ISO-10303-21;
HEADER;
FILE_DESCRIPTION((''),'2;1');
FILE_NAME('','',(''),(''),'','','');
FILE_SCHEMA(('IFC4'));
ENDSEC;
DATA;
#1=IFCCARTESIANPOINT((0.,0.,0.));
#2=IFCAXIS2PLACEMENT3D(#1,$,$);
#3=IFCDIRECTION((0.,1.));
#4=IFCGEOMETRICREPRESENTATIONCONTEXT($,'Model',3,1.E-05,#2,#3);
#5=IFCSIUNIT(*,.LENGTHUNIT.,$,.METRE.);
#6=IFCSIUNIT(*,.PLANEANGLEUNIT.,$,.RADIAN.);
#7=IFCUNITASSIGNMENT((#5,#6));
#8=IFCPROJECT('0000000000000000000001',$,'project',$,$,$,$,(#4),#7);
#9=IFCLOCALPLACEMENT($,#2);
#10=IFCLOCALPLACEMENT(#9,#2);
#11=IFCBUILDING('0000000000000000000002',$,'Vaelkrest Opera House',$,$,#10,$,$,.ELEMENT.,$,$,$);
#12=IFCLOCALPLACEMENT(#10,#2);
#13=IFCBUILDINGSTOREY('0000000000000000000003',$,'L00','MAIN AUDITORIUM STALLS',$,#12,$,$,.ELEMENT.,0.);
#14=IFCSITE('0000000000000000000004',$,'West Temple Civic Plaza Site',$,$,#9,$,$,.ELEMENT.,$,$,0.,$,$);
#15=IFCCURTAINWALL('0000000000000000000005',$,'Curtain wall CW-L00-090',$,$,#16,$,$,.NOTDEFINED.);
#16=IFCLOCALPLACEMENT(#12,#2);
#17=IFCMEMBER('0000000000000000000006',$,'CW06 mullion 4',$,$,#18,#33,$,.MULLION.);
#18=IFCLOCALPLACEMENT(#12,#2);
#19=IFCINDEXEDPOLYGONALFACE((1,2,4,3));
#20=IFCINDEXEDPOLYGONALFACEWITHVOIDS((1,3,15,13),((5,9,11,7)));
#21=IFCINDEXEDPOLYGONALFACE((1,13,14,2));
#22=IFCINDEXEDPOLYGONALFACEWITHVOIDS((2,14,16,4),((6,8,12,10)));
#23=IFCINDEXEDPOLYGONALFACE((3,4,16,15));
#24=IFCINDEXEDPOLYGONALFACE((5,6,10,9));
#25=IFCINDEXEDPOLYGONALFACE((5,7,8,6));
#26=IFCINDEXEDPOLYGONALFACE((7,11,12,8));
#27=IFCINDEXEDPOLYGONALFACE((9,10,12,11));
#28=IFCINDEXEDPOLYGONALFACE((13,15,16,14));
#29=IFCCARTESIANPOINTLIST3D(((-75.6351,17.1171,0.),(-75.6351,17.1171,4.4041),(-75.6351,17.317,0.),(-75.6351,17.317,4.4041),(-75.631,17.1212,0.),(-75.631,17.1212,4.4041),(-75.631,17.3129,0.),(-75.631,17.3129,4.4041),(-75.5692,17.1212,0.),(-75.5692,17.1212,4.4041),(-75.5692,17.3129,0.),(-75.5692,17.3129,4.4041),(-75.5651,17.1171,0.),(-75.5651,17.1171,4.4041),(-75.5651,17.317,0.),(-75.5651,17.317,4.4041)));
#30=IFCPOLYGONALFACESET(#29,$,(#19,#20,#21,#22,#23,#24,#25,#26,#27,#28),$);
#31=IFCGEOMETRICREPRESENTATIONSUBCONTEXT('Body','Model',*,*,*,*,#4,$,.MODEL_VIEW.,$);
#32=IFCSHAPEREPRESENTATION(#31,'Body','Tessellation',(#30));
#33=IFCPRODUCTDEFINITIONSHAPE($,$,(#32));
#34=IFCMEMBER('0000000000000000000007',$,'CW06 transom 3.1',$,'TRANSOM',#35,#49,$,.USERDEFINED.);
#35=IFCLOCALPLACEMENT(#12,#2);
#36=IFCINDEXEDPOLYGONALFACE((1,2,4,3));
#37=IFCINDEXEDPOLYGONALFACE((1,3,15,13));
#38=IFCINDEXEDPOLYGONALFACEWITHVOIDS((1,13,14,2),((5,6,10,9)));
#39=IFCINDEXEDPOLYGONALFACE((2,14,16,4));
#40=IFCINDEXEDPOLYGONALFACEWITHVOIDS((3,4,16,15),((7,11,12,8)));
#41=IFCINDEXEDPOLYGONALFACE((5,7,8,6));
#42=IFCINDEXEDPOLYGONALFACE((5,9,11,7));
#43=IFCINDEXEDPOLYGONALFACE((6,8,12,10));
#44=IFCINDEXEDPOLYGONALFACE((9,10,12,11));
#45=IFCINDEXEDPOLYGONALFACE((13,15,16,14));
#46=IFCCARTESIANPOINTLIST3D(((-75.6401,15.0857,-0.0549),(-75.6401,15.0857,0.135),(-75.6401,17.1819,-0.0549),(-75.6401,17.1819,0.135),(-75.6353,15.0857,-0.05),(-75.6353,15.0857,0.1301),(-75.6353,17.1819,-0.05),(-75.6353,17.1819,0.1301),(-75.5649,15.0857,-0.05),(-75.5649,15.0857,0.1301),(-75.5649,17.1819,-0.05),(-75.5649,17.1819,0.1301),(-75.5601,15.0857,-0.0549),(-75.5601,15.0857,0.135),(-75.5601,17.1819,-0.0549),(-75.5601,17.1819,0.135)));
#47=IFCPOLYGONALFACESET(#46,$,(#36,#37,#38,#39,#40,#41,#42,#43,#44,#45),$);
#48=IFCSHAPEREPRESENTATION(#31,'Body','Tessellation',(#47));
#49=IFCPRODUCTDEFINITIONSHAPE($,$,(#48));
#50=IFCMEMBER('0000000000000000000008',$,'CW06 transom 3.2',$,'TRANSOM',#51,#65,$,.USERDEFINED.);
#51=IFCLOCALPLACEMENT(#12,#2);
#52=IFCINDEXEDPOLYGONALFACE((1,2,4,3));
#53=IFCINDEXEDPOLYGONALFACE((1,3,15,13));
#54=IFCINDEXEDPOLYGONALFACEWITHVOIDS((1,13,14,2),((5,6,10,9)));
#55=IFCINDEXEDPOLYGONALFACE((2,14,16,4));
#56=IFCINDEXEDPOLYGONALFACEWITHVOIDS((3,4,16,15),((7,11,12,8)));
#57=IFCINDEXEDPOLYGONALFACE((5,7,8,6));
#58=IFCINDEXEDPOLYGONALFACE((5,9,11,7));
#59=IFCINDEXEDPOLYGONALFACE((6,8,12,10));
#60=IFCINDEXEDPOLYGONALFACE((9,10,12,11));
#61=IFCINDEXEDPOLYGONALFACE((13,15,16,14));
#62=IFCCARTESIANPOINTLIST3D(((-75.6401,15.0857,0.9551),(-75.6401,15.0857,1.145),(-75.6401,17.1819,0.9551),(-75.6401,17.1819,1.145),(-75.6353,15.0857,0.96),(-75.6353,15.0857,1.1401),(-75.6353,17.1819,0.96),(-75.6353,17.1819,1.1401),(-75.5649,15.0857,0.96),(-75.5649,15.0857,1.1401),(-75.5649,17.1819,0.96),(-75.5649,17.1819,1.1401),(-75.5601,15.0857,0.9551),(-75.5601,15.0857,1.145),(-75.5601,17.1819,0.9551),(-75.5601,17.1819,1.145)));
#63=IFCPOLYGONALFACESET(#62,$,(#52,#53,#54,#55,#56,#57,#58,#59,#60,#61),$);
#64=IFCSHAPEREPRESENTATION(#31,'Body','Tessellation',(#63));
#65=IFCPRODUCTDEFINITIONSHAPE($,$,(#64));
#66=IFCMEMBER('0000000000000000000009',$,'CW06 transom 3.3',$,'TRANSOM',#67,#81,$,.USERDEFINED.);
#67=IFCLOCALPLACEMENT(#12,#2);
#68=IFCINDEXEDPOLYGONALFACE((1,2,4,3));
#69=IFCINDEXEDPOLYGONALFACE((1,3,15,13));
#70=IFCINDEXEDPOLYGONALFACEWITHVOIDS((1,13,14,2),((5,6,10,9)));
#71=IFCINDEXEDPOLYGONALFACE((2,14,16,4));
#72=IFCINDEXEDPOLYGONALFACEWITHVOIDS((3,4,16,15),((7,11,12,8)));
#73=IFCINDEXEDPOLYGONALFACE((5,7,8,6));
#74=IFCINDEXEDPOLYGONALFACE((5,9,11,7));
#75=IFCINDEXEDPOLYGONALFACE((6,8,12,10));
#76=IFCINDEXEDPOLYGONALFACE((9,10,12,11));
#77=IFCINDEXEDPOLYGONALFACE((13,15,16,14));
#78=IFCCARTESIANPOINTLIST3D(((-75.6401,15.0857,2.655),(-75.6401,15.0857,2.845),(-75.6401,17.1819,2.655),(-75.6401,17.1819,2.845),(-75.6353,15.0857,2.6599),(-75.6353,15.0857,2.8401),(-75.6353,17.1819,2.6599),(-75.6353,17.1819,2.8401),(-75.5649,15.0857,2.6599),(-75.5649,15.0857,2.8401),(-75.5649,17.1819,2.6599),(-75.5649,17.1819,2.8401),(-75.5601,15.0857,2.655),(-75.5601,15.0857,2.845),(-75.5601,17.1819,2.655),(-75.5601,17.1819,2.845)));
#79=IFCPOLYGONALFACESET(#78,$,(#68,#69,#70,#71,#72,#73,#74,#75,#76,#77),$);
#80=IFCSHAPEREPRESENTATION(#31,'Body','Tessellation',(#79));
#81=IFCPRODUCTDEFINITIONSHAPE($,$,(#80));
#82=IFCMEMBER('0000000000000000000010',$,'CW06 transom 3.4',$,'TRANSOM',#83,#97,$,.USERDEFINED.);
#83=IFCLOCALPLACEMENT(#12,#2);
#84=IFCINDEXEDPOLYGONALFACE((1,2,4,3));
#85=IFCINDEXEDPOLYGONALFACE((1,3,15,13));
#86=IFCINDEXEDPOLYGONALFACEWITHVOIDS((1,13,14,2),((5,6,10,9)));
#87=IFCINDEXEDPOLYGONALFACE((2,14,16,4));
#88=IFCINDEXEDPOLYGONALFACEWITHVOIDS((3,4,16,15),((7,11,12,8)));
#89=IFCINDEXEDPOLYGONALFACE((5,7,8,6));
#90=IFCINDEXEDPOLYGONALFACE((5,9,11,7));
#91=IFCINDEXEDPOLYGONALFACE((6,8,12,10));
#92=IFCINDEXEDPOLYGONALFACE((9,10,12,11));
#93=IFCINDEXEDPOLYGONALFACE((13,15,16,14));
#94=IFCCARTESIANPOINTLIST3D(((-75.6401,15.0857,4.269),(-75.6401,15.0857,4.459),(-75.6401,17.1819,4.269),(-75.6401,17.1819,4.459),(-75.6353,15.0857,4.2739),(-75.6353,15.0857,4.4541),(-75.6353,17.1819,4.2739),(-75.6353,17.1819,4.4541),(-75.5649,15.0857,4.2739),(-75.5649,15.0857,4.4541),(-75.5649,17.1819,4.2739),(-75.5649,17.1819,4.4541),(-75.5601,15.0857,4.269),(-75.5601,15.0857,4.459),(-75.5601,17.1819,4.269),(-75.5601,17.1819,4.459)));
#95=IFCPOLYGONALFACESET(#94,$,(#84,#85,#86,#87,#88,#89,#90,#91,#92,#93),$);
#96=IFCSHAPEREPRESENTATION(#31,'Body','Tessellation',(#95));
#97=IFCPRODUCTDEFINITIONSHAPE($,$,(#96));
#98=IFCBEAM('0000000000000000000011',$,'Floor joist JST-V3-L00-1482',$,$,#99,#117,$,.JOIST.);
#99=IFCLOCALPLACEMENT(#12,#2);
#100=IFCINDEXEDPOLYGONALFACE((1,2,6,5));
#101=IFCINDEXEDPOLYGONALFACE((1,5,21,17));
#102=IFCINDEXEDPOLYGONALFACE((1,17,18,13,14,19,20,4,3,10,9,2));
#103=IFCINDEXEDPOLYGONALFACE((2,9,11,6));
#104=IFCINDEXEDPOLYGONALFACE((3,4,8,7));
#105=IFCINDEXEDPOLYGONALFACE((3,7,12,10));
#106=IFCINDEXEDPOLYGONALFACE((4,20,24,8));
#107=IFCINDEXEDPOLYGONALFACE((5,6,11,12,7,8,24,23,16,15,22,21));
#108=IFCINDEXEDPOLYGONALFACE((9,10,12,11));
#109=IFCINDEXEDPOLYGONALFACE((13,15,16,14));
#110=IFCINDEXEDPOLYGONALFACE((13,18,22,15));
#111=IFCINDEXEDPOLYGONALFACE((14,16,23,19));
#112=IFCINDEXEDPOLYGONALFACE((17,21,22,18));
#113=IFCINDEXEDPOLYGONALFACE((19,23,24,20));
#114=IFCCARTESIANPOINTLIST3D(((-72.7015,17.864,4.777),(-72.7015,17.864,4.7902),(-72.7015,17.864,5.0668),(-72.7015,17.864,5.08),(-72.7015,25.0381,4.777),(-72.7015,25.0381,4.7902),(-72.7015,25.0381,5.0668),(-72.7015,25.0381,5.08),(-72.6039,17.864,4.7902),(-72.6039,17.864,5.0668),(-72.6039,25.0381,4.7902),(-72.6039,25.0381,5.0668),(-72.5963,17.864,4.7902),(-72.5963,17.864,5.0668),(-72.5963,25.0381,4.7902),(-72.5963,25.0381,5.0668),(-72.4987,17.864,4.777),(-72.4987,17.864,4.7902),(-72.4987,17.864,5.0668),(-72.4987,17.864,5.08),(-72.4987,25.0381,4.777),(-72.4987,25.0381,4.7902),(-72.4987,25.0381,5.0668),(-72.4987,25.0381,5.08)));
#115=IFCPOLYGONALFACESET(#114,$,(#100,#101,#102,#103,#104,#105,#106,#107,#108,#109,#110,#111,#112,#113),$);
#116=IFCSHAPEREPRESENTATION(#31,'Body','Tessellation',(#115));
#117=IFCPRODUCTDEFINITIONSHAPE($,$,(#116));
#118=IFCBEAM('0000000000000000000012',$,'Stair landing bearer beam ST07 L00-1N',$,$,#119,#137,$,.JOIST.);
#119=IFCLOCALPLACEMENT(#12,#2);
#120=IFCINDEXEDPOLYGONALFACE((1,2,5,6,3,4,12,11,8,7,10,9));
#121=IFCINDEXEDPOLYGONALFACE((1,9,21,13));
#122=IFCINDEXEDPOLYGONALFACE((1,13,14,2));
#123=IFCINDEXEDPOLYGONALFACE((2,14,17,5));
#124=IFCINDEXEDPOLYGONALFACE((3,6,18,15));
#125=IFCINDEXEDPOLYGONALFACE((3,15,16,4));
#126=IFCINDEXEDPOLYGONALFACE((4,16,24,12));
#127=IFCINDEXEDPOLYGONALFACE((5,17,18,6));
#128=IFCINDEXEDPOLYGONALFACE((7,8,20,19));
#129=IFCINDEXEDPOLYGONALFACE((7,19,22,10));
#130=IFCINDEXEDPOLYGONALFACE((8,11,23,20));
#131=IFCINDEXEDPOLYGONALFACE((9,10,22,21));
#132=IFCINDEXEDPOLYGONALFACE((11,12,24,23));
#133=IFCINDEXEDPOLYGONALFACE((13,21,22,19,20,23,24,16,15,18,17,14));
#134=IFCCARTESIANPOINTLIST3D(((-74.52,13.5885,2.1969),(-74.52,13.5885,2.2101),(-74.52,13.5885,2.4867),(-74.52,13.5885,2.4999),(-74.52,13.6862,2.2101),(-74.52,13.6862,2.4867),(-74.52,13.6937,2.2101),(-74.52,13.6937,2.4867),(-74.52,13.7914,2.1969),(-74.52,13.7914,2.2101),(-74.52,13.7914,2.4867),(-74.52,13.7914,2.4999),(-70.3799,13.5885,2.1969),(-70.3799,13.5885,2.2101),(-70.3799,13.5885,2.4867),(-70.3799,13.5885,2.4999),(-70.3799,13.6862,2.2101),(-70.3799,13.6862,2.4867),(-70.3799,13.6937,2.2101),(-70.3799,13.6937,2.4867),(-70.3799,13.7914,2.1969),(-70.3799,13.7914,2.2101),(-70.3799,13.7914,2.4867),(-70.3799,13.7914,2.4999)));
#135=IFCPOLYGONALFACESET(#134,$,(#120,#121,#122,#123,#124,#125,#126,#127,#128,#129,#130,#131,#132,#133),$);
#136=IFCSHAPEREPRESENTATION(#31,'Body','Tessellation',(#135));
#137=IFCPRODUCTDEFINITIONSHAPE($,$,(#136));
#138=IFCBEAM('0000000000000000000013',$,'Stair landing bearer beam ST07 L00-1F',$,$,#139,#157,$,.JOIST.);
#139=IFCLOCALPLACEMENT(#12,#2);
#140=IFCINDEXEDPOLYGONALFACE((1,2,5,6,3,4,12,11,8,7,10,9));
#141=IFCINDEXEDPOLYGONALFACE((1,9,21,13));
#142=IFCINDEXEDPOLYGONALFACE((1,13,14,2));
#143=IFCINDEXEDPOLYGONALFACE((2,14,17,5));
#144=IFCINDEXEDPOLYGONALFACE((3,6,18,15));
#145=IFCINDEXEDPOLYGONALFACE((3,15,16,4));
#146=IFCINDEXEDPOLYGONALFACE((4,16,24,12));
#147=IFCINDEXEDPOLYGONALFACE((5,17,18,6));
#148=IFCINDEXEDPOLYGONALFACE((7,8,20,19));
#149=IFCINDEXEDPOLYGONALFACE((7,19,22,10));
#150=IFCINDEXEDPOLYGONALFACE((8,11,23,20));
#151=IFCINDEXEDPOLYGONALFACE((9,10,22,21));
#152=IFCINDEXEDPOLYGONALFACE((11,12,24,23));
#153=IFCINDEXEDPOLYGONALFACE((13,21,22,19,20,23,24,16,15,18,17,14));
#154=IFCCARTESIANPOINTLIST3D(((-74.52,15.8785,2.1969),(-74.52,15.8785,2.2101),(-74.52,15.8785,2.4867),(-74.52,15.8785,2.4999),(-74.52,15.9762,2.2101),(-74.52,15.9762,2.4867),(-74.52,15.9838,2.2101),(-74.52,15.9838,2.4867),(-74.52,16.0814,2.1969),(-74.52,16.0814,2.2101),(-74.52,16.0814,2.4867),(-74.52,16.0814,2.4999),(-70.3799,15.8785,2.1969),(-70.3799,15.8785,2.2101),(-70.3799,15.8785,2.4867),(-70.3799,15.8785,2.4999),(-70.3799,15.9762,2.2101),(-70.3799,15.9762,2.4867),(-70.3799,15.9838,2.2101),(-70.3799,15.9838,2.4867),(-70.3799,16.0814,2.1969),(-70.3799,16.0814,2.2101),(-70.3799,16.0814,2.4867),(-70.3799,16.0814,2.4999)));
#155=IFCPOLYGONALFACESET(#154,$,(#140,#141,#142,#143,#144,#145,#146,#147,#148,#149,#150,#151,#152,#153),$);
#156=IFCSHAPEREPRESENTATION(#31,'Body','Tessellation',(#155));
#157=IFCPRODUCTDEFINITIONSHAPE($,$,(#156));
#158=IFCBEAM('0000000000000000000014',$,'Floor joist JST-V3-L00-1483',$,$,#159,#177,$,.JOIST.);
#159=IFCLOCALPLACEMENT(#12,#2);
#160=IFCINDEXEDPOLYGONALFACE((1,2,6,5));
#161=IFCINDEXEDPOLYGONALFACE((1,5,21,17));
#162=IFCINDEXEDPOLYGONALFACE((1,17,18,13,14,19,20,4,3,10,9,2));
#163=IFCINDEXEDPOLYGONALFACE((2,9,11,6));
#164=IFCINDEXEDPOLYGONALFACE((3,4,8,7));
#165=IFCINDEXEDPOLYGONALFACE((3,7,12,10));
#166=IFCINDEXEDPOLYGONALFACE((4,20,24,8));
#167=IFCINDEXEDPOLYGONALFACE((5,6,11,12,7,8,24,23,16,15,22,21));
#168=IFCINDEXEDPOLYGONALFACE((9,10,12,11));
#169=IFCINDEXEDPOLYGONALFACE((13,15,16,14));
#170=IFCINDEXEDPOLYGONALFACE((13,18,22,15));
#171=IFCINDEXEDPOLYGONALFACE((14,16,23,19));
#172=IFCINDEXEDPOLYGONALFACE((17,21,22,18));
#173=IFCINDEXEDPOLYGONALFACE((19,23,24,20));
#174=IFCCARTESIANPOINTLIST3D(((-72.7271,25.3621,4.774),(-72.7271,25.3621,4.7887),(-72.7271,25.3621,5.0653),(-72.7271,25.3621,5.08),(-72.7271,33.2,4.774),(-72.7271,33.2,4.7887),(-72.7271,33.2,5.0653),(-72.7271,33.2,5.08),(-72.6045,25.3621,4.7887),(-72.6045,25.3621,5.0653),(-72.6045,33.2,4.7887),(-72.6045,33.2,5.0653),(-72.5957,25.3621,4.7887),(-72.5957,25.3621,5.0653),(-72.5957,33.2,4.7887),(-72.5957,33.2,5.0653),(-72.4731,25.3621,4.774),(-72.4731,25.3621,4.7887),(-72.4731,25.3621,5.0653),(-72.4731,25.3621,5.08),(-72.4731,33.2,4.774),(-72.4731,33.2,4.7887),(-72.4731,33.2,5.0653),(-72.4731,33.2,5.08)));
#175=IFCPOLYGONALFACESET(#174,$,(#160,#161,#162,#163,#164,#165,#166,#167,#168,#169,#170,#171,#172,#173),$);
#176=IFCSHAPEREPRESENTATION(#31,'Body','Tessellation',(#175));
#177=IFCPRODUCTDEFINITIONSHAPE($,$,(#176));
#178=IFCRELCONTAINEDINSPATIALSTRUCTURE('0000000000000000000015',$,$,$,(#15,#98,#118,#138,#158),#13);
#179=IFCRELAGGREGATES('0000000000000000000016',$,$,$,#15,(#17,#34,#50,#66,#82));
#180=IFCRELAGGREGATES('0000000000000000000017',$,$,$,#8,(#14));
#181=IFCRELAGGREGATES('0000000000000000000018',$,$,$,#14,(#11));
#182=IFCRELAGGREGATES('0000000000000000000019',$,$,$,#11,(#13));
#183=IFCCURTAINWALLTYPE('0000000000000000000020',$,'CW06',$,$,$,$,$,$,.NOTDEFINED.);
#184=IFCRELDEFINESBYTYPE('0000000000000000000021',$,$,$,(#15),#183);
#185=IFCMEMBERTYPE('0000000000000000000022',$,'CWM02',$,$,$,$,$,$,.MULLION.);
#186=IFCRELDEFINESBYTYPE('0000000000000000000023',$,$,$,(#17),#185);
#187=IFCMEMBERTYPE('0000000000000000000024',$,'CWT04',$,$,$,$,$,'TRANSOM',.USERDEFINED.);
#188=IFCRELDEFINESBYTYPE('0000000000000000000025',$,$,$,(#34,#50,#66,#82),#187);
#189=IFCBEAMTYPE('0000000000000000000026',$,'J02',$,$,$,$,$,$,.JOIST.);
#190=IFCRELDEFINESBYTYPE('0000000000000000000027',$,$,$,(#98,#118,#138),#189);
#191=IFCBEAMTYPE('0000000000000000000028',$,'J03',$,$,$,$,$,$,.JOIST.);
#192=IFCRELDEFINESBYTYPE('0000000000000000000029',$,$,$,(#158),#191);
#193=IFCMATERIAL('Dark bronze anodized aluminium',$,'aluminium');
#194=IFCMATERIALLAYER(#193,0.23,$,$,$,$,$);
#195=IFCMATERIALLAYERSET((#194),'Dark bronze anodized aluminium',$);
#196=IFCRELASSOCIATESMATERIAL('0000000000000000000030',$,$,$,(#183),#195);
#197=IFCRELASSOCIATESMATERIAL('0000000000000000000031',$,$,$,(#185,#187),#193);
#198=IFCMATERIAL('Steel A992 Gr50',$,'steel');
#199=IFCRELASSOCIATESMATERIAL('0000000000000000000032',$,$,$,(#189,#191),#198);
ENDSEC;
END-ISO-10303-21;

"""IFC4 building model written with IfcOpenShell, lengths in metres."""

from ifc_helpers import new_model, si_unit, direction, frame, origin, origin_2d, place, context, subcontext, project, spatial, hollow_rectangle, i_section, extrude, material, layer, layer_set, material_profile, profile_set, type_object, element, aggregate, save


model = new_model("IFC4")

# Units and contexts
model_context = context("Model", 3, precision=1e-05, world=origin(), true_north=direction((0.0, 1.0)))
body_context = subcontext(model_context, "Body", "Model", "MODEL_VIEW")
ifc_project = project(units=[si_unit("LENGTHUNIT", "METRE"), si_unit("PLANEANGLEUNIT", "RADIAN")], contexts=[model_context])

# Site, building, storey
site_placement = place(None, origin())
site = spatial("IfcSite", under=ifc_project, at=site_placement, Name="West Temple Civic Plaza Site", CompositionType="ELEMENT", RefElevation=0.0)
building_placement = place(site_placement, origin())
building = spatial("IfcBuilding", under=site, at=building_placement, Name="Vaelkrest Opera House", CompositionType="ELEMENT")
storey_placement = place(building_placement, origin())
storey = spatial("IfcBuildingStorey", under=building, at=storey_placement, Name="L00", Description="MAIN AUDITORIUM STALLS", CompositionType="ELEMENT", Elevation=0.0)

# Shared definitions
ifc_material_1 = material(Name="Steel A992 Gr50", Category="steel")

# Curtain wall, members
ifc_material_2 = material(Name="Dark bronze anodized aluminium", Category="aluminium")
ifc_layer_1 = layer(ifc_material_2, 0.23)
ifc_layer_set_1 = layer_set([ifc_layer_1], Name="Dark bronze anodized aluminium")
curtain_wall_type = type_object("IfcCurtainWallType", Name="CW06", PredefinedType="NOTDEFINED", material=ifc_layer_set_1)
curtain_wall_placement = place(storey_placement, origin())
curtain_wall = element("IfcCurtainWall", 1, at=curtain_wall_placement, inside=storey, type_object=curtain_wall_type, Name="Curtain wall CW-L00-090", PredefinedType="NOTDEFINED")
ifc_material_profile_1 = material_profile(ifc_material_2, hollow_rectangle(XDim=0.0701, YDim=0.2, WallThickness=0.0042, at=origin_2d()), Name="CWM70X200")
ifc_profile_set_1 = profile_set([ifc_material_profile_1], Name="Dark bronze anodized aluminium")
member_type_1 = type_object("IfcMemberType", Name="CWM02", PredefinedType="MULLION", material=ifc_profile_set_1)
member_1_placement = place(storey_placement, frame((-75.6001, 17.217, 0.0), z_axis=(0.0, 0.0, 1.0), x_axis=(-1.0, 0.0, 0.0)))
member_1 = element("IfcMember", 2, at=member_1_placement, type_object=member_type_1, Name="CW06 mullion 4", PredefinedType="MULLION", context=body_context, shape_type="SweptSolid", body=[
    extrude(hollow_rectangle(XDim=0.0701, YDim=0.2, WallThickness=0.0042, at=origin_2d()), origin(), (0.0, 0.0, 1.0), 4.4041),
])
ifc_material_profile_2 = material_profile(ifc_material_2, hollow_rectangle(XDim=0.0801, YDim=0.1899, WallThickness=0.0049, at=origin_2d()), Name="CWT80X190")
ifc_profile_set_2 = profile_set([ifc_material_profile_2], Name="Dark bronze anodized aluminium")
member_type_2 = type_object("IfcMemberType", Name="CWT04", ElementType="TRANSOM", PredefinedType="USERDEFINED", material=ifc_profile_set_2)
member_2_placement = place(storey_placement, frame((-75.6001, 15.0857, 0.04), z_axis=(0.0, 1.0, 0.0), x_axis=(-1.0, 0.0, 0.0)))
member_2 = element("IfcMember", 3, at=member_2_placement, type_object=member_type_2, Name="CW06 transom 3.1", ObjectType="TRANSOM", PredefinedType="USERDEFINED", context=body_context, shape_type="SweptSolid", body=[
    extrude(hollow_rectangle(XDim=0.0801, YDim=0.1899, WallThickness=0.0049, at=origin_2d()), origin(), (0.0, 0.0, 1.0), 2.0962),
])
member_3_placement = place(storey_placement, frame((-75.6001, 15.0857, 1.05), z_axis=(0.0, 1.0, 0.0), x_axis=(-1.0, 0.0, 0.0)))
member_3 = element("IfcMember", 4, at=member_3_placement, type_object=member_type_2, Name="CW06 transom 3.2", ObjectType="TRANSOM", PredefinedType="USERDEFINED", context=body_context, shape_type="SweptSolid", body=[
    extrude(hollow_rectangle(XDim=0.0801, YDim=0.1899, WallThickness=0.0049, at=origin_2d()), origin(), (0.0, 0.0, 1.0), 2.0962),
])
member_4_placement = place(storey_placement, frame((-75.6001, 15.0857, 2.75), z_axis=(0.0, 1.0, 0.0), x_axis=(-1.0, 0.0, 0.0)))
member_4 = element("IfcMember", 5, at=member_4_placement, type_object=member_type_2, Name="CW06 transom 3.3", ObjectType="TRANSOM", PredefinedType="USERDEFINED", context=body_context, shape_type="SweptSolid", body=[
    extrude(hollow_rectangle(XDim=0.0801, YDim=0.1899, WallThickness=0.0049, at=origin_2d()), origin(), (0.0, 0.0, 1.0), 2.0962),
])
member_5_placement = place(storey_placement, frame((-75.6001, 15.0857, 4.364), z_axis=(0.0, 1.0, 0.0), x_axis=(-1.0, 0.0, 0.0)))
member_5 = element("IfcMember", 6, at=member_5_placement, type_object=member_type_2, Name="CW06 transom 3.4", ObjectType="TRANSOM", PredefinedType="USERDEFINED", context=body_context, shape_type="SweptSolid", body=[
    extrude(hollow_rectangle(XDim=0.0801, YDim=0.1899, WallThickness=0.0049, at=origin_2d()), origin(), (0.0, 0.0, 1.0), 2.0962),
])

# Beams
ifc_material_profile_3 = material_profile(ifc_material_1, i_section(OverallWidth=0.2029, OverallDepth=0.303, WebThickness=0.0076, FlangeThickness=0.0132, at=origin_2d()), Name="W12X40")
ifc_profile_set_3 = profile_set([ifc_material_profile_3], Name="Steel A992 Gr50")
beam_type_1 = type_object("IfcBeamType", Name="J02", PredefinedType="JOIST", material=ifc_profile_set_3)
beam_1_placement = place(storey_placement, frame((-72.6001, 17.864, 4.9285), z_axis=(0.0, 1.0, 0.0), x_axis=(-1.0, 0.0, 0.0)))
element("IfcBeam", 7, at=beam_1_placement, inside=storey, type_object=beam_type_1, Name="Floor joist JST-V3-L00-1482", PredefinedType="JOIST", context=body_context, shape_type="SweptSolid", body=[
    extrude(i_section(OverallWidth=0.2029, OverallDepth=0.303, WebThickness=0.0076, FlangeThickness=0.0132, at=origin_2d()), origin(), (0.0, 0.0, 1.0), 7.1741),
])
for number, where, z_axis, x_axis, name in (
    (8, (-74.52, 13.6899, 2.3484), (1.0, 0.0, 0.0), (0.0, 1.0, 0.0), "Stair landing bearer beam ST07 L00-1N"),
    (9, (-74.52, 15.98, 2.3484), (1.0, 0.0, 0.0), (0.0, 1.0, 0.0), "Stair landing bearer beam ST07 L00-1F"),
):
    element("IfcBeam", number, at=place(storey_placement, frame(where, z_axis=z_axis, x_axis=x_axis)), inside=storey, type_object=beam_type_1, Name=name, PredefinedType="JOIST", context=body_context, shape_type="SweptSolid", body=[
        extrude(i_section(OverallWidth=0.2029, OverallDepth=0.303, WebThickness=0.0076, FlangeThickness=0.0132, at=origin_2d()), origin(), (0.0, 0.0, 1.0), 4.1401),
    ])
ifc_material_profile_4 = material_profile(ifc_material_1, i_section(OverallWidth=0.2539, OverallDepth=0.3059, WebThickness=0.0088, FlangeThickness=0.0146, at=origin_2d()), Name="W12X53")
ifc_profile_set_4 = profile_set([ifc_material_profile_4], Name="Steel A992 Gr50")
beam_type_2 = type_object("IfcBeamType", Name="J03", PredefinedType="JOIST", material=ifc_profile_set_4)
beam_2_placement = place(storey_placement, frame((-72.6001, 25.3621, 4.927), z_axis=(0.0, 1.0, 0.0), x_axis=(-1.0, 0.0, 0.0)))
element("IfcBeam", 10, at=beam_2_placement, inside=storey, type_object=beam_type_2, Name="Floor joist JST-V3-L00-1483", PredefinedType="JOIST", context=body_context, shape_type="SweptSolid", body=[
    extrude(i_section(OverallWidth=0.2539, OverallDepth=0.3059, WebThickness=0.0088, FlangeThickness=0.0146, at=origin_2d()), origin(), (0.0, 0.0, 1.0), 7.8379),
])

aggregate(curtain_wall, [member_1, member_2, member_3, member_4, member_5])

save(model, "model.ifc")
